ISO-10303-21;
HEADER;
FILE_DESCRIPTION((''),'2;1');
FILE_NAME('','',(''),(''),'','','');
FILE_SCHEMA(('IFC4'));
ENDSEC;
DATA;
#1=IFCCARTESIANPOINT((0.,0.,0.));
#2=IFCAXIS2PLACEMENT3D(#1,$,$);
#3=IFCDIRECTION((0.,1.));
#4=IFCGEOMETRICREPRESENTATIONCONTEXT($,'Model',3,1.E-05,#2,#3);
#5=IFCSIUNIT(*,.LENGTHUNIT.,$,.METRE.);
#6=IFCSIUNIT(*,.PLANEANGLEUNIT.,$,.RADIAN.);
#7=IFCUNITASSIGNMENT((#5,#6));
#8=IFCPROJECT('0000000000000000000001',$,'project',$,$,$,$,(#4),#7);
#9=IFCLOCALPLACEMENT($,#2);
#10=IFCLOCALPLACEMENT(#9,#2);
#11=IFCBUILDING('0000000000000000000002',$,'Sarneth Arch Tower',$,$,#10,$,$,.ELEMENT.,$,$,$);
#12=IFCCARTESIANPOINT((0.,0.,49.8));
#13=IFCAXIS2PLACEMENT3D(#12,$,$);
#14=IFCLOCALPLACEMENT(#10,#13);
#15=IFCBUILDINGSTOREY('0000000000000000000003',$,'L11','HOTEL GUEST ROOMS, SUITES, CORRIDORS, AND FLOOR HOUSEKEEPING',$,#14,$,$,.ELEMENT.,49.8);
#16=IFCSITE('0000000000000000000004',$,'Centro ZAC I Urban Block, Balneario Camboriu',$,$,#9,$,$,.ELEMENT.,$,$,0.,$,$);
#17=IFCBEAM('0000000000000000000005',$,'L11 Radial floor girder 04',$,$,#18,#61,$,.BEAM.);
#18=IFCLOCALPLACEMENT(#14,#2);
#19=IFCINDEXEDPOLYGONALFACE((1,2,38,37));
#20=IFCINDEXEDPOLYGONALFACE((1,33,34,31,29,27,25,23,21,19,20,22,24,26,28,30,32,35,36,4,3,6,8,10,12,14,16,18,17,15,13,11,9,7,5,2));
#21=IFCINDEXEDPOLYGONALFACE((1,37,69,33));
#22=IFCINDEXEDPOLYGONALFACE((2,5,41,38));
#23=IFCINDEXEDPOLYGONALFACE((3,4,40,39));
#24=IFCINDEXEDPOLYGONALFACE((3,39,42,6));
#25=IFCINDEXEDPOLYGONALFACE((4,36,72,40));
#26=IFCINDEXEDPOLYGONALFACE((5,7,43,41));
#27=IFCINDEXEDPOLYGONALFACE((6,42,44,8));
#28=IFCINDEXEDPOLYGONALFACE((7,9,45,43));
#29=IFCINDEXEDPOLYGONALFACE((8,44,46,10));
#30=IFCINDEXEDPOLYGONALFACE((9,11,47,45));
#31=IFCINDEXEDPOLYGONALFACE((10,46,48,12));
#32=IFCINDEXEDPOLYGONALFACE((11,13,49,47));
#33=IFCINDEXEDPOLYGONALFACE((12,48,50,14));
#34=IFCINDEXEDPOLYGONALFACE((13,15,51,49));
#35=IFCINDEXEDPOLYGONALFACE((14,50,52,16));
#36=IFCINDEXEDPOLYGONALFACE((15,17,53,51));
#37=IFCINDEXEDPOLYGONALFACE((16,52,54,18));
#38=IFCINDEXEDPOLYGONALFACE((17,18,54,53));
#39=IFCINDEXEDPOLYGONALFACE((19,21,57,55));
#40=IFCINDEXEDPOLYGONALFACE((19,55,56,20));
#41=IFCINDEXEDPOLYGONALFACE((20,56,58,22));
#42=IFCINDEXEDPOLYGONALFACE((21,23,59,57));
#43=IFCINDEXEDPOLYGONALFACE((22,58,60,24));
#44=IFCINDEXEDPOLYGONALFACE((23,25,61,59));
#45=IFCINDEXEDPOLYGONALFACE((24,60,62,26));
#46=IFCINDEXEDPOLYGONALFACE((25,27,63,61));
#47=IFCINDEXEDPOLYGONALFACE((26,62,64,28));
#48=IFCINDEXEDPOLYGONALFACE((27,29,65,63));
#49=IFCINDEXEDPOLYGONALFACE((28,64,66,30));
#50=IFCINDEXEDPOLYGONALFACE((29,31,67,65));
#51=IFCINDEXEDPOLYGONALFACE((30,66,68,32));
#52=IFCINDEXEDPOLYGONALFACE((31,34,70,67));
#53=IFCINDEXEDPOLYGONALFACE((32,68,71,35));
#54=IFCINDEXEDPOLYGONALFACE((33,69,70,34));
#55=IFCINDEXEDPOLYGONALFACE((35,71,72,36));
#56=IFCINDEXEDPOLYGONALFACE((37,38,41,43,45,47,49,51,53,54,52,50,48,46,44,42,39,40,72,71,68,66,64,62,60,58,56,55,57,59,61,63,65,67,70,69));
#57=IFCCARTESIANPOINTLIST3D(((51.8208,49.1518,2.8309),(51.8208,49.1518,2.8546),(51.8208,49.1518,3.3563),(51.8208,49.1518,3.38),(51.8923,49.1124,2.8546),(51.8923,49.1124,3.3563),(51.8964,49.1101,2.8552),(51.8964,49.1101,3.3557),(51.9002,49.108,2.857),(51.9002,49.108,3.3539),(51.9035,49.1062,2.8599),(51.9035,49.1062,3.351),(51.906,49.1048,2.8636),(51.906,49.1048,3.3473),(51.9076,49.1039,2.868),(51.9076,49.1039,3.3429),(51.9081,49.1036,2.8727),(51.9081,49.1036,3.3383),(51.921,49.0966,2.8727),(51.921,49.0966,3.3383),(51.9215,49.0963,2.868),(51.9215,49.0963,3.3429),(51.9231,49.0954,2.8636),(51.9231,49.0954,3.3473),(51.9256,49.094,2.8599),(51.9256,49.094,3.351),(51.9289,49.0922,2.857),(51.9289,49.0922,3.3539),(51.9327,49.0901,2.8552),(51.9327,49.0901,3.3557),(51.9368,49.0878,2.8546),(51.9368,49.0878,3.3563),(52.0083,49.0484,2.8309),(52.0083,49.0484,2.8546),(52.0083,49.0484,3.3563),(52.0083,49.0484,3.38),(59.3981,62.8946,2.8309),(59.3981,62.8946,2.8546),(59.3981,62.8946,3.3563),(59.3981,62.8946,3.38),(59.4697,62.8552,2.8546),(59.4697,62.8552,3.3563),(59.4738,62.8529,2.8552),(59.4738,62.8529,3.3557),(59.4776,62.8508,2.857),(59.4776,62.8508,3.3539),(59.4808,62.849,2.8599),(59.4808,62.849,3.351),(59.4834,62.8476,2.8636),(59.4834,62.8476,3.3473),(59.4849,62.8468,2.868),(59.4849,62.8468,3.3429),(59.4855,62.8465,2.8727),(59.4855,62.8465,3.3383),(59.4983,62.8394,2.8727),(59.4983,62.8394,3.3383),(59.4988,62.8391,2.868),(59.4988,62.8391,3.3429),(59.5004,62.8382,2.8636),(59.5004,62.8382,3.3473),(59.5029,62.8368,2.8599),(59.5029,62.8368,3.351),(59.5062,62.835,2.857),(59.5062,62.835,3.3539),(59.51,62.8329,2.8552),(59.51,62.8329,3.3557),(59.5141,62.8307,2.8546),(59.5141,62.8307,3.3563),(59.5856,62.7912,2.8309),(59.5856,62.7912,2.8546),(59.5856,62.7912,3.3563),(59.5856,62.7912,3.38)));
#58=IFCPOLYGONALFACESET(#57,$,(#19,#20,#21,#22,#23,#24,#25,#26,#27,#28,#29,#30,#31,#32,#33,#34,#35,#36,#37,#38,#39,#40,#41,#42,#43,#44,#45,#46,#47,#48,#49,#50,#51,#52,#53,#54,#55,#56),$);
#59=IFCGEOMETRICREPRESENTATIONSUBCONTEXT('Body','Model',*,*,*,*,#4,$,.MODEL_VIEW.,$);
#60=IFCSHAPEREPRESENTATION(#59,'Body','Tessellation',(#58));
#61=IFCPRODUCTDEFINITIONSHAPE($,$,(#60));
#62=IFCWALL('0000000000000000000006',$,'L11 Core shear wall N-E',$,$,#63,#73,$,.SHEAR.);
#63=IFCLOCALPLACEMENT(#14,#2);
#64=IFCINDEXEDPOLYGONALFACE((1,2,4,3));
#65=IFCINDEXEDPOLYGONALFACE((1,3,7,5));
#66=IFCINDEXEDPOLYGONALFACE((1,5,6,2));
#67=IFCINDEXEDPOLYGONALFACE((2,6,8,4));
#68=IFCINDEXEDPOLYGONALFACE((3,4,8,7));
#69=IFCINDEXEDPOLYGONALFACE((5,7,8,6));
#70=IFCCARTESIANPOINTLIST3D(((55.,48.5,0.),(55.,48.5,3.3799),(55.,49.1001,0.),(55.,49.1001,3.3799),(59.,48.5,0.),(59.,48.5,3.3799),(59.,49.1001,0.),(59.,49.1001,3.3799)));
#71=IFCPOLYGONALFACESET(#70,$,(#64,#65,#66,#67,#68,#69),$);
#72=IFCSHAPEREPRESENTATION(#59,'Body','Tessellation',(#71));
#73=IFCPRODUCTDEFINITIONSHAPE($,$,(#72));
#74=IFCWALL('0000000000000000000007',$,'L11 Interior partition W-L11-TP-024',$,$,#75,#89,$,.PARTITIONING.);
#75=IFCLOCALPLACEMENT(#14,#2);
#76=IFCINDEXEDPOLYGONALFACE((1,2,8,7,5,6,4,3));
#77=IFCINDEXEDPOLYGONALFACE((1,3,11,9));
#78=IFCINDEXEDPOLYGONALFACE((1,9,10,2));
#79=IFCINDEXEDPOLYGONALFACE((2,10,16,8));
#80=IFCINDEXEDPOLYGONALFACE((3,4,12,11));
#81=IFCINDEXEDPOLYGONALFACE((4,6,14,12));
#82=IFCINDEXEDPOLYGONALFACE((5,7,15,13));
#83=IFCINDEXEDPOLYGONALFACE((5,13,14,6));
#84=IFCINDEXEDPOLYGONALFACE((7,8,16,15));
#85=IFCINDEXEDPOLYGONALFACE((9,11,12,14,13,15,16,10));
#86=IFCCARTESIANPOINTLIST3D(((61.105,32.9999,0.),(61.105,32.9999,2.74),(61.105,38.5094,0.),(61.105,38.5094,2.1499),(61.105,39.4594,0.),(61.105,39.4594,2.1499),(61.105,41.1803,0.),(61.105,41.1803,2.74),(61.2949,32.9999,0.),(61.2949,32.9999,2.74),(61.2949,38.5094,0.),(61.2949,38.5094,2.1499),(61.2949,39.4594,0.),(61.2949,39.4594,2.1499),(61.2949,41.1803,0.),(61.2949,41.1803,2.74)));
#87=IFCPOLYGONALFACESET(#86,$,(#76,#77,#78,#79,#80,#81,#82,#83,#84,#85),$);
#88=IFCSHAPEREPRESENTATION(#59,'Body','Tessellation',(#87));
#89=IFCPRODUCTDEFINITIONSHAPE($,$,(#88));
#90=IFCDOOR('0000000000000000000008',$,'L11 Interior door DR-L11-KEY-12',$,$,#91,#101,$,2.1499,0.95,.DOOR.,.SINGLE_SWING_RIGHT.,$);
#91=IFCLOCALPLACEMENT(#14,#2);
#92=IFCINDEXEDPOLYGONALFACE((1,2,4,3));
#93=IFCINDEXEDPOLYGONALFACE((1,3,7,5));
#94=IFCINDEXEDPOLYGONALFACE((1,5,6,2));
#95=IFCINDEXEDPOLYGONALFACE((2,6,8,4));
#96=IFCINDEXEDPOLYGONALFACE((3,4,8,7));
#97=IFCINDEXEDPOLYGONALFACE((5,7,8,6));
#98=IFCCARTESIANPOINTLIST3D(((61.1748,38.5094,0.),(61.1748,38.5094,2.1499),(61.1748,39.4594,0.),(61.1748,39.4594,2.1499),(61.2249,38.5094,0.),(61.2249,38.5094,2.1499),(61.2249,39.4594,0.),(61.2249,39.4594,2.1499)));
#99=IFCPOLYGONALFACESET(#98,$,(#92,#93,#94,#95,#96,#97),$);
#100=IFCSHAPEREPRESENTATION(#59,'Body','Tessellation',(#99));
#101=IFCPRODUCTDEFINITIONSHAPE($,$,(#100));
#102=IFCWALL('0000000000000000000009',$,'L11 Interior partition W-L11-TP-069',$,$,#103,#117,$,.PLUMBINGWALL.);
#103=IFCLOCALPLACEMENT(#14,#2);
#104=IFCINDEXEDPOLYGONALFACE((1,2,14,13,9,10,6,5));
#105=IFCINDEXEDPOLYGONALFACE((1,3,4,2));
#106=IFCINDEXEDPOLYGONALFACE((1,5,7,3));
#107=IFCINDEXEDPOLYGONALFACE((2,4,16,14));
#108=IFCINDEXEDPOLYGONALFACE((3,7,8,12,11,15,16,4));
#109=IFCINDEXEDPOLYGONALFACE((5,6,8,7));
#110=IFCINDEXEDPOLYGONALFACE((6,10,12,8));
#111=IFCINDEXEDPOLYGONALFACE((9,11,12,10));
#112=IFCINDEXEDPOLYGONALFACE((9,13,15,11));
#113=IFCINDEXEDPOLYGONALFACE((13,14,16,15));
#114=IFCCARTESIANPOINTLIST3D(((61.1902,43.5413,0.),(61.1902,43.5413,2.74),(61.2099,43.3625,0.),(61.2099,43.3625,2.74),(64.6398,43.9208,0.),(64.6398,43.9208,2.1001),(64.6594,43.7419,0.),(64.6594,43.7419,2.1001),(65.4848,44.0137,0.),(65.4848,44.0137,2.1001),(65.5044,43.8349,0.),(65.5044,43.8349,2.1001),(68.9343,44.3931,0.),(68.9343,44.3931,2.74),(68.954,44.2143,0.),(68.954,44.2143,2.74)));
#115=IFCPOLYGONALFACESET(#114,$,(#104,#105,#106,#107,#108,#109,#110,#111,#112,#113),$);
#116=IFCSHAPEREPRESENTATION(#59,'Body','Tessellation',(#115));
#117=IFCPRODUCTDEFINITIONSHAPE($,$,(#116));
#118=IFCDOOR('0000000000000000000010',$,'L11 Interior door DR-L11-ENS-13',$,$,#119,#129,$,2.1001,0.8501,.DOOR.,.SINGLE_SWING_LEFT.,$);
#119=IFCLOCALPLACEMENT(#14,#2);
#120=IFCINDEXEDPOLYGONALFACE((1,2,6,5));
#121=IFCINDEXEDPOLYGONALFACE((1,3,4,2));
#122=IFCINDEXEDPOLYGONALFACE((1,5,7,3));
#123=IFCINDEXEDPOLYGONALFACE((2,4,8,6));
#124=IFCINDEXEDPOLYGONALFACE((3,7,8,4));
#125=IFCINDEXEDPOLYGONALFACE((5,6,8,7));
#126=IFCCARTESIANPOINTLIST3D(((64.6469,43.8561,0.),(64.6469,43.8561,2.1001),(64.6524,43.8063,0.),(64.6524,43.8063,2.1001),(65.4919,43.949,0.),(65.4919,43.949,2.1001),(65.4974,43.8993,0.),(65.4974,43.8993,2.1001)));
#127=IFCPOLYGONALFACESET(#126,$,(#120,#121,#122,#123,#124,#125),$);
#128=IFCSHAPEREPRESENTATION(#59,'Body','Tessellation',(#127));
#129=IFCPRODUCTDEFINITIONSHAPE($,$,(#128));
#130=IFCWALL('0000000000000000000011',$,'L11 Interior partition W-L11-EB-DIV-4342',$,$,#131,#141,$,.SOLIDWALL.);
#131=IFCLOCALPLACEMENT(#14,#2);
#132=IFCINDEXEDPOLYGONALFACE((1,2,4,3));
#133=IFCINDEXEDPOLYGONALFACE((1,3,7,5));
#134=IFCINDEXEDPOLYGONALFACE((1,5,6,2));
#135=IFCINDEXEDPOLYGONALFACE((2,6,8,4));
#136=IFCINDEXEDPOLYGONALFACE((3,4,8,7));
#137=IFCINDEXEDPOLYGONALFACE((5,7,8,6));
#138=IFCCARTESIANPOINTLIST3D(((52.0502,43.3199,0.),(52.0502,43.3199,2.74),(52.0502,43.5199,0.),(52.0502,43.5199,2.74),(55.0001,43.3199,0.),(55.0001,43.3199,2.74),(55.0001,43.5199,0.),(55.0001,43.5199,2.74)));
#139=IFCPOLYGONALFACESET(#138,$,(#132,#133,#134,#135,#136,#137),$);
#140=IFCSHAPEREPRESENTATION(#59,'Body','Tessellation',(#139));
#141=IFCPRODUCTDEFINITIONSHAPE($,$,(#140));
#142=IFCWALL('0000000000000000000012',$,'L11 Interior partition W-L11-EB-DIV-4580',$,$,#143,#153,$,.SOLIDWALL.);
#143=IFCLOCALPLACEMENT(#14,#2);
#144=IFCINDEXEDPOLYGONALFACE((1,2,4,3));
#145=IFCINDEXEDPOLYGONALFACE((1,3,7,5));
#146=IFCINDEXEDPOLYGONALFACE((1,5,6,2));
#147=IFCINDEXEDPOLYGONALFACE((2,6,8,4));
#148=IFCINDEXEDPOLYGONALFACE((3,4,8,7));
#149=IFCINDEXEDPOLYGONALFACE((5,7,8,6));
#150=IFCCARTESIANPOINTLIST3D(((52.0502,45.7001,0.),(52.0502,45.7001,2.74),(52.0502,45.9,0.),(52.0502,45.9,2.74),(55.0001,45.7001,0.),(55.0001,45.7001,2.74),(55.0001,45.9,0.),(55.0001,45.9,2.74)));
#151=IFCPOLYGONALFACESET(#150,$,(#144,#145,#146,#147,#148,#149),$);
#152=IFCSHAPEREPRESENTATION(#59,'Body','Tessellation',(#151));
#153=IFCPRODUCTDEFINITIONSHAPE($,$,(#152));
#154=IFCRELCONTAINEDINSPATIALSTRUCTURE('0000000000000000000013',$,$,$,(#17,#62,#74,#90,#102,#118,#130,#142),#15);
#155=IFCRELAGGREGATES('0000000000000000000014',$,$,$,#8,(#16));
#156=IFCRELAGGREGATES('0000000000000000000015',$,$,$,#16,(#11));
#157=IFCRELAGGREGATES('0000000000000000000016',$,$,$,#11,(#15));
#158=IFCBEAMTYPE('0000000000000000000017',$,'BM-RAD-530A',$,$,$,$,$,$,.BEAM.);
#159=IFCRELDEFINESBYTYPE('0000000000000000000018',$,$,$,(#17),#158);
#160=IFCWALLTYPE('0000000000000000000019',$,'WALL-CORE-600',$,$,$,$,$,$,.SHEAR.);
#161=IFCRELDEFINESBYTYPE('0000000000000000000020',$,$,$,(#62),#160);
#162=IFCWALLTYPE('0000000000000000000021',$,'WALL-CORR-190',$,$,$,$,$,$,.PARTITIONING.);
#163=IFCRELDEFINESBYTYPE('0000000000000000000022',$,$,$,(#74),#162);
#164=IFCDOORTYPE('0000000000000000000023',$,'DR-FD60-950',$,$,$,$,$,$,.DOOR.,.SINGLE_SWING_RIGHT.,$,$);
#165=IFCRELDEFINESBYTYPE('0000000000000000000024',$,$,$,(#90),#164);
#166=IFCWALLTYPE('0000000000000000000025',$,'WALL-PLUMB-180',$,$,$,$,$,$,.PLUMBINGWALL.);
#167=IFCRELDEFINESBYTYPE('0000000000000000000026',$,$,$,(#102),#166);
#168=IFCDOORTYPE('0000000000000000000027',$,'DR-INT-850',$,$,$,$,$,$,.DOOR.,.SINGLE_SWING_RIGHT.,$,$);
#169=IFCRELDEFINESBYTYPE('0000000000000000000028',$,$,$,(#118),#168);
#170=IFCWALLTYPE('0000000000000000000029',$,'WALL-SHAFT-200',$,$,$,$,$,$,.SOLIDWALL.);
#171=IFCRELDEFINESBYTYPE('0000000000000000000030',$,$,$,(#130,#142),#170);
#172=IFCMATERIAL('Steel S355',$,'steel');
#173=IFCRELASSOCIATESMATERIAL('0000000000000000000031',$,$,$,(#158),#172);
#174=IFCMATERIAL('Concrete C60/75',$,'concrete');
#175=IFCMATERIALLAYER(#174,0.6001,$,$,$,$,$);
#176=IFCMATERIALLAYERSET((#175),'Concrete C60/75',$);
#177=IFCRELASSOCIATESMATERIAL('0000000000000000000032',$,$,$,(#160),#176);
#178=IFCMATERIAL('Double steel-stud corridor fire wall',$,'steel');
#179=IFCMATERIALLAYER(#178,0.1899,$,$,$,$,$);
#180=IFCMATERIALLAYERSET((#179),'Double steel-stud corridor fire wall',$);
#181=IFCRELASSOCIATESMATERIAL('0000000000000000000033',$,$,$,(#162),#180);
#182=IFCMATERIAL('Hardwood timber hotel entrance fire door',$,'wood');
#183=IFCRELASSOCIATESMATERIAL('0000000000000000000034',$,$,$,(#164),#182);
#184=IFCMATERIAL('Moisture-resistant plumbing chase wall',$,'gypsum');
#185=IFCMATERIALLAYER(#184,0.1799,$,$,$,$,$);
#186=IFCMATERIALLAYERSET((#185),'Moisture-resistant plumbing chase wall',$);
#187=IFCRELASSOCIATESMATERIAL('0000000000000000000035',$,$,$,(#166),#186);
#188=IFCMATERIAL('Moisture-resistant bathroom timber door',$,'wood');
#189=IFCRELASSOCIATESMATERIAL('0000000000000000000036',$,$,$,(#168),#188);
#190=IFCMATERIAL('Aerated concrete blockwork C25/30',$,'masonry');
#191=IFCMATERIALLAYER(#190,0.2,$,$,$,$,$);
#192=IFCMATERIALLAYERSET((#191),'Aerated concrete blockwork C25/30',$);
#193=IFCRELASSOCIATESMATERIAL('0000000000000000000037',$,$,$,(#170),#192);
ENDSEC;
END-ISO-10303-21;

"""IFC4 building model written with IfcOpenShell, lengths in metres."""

from ifc_helpers import new_model, si_unit, direction, frame, frame_2d, origin, origin_2d, place, context, subcontext, project, spatial, rectangle, i_section, extrude, material, layer, layer_set, material_profile, profile_set, type_object, element, fill, save


model = new_model("IFC4")

# Units and contexts
model_context = context("Model", 3, precision=1e-05, world=origin(), true_north=direction((0.0, 1.0)))
body_context = subcontext(model_context, "Body", "Model", "MODEL_VIEW")
ifc_project = project(units=[si_unit("LENGTHUNIT", "METRE"), si_unit("PLANEANGLEUNIT", "RADIAN")], contexts=[model_context])

# Site, building, storey
site_placement = place(None, origin())
site = spatial("IfcSite", under=ifc_project, at=site_placement, Name="Centro ZAC I Urban Block, Balneario Camboriu", CompositionType="ELEMENT", RefElevation=0.0)
building_placement = place(site_placement, origin())
building = spatial("IfcBuilding", under=site, at=building_placement, Name="Sarneth Arch Tower", CompositionType="ELEMENT")
storey_placement = place(building_placement, frame((0.0, 0.0, 49.8)))
storey = spatial("IfcBuildingStorey", under=building, at=storey_placement, Name="L11", Description="HOTEL GUEST ROOMS, SUITES, CORRIDORS, AND FLOOR HOUSEKEEPING", CompositionType="ELEMENT", Elevation=49.8)

# Beam
ifc_material_1 = material(Name="Steel S355", Category="steel")
ifc_material_profile_1 = material_profile(ifc_material_1, i_section(OverallWidth=0.2141, OverallDepth=0.5491, WebThickness=0.0146, FlangeThickness=0.0237, FilletRadius=0.0181, at=origin_2d()), Name="W530x138")
ifc_profile_set_1 = profile_set([ifc_material_profile_1], Name="Steel S355")
beam_type_1 = type_object("IfcBeamType", Name="BM-RAD-530A", PredefinedType="BEAM", material=ifc_profile_set_1)
beam_1_placement = place(storey_placement, frame((51.9146, 49.1001, 3.1055), z_axis=(0.482838, 0.87571, 0.0), x_axis=(-0.87571, 0.482838, 0.0)))
element("IfcBeam", 1, at=beam_1_placement, inside=storey, type_object=beam_type_1, Name="L11 Radial floor girder 04", PredefinedType="BEAM", context=body_context, shape_type="SweptSolid", body=[
    extrude(i_section(OverallWidth=0.2141, OverallDepth=0.5491, WebThickness=0.0146, FlangeThickness=0.0237, FilletRadius=0.0181, at=origin_2d()), origin(), (0.0, 0.0, 1.0), 15.6934),
])

# Wall
ifc_material_2 = material(Name="Concrete C60/75", Category="concrete")
ifc_layer_1 = layer(ifc_material_2, 0.6001)
ifc_layer_set_1 = layer_set([ifc_layer_1], Name="Concrete C60/75")
wall_type_1 = type_object("IfcWallType", Name="WALL-CORE-600", PredefinedType="SHEAR", material=ifc_layer_set_1)
wall_1_placement = place(storey_placement, frame((55.0, 48.8, 0.0), z_axis=(0.0, 0.0, 1.0), x_axis=(1.0, 0.0, 0.0)))
element("IfcWall", 2, at=wall_1_placement, inside=storey, type_object=wall_type_1, Name="L11 Core shear wall N-E", PredefinedType="SHEAR", context=body_context, shape_type="SweptSolid", body=[
    extrude(rectangle(XDim=4.0, YDim=0.6001, at=frame_2d((2.0, 0.0))), origin(), (0.0, 0.0, 1.0), 3.3799),
])

# Walls, openings, doors
ifc_material_3 = material(Name="Double steel-stud corridor fire wall", Category="steel")
ifc_layer_2 = layer(ifc_material_3, 0.1899)
ifc_layer_set_2 = layer_set([ifc_layer_2], Name="Double steel-stud corridor fire wall")
wall_type_2 = type_object("IfcWallType", Name="WALL-CORR-190", PredefinedType="PARTITIONING", material=ifc_layer_set_2)
wall_2_placement = place(storey_placement, frame((61.2, 41.1804, 0.0), z_axis=(0.0, 0.0, 1.0), x_axis=(0.0, -1.0, 0.0)))
wall_2 = element("IfcWall", 3, at=wall_2_placement, inside=storey, type_object=wall_type_2, Name="L11 Interior partition W-L11-TP-024", PredefinedType="PARTITIONING", context=body_context, shape_type="SweptSolid", body=[
    extrude(rectangle(XDim=8.1804, YDim=0.1899, at=frame_2d((4.0903, 0.0))), origin(), (0.0, 0.0, 1.0), 2.74),
])
opening_1_placement = place(wall_2_placement, frame((1.7209, 0.0, 0.0)))
opening_1 = element("IfcOpeningElement", 4, at=opening_1_placement, cuts=wall_2, PredefinedType="OPENING", context=body_context, shape_type="SweptSolid", body=[
    extrude(rectangle(XDim=0.95, YDim=2.1499, at=frame_2d((0.4751, 1.075))), frame((0.0, 0.105, 0.0), z_axis=(0.0, -1.0, 0.0), x_axis=(1.0, 0.0, 0.0)), (0.0, 0.0, 1.0), 0.21),
])
ifc_material_4 = material(Name="Hardwood timber hotel entrance fire door", Category="wood")
door_type_1 = type_object("IfcDoorType", Name="DR-FD60-950", OperationType="SINGLE_SWING_RIGHT", PredefinedType="DOOR", material=ifc_material_4)
door_1_placement = place(opening_1_placement, origin())
door_1 = element("IfcDoor", 5, at=door_1_placement, inside=storey, type_object=door_type_1, Name="L11 Interior door DR-L11-KEY-12", OperationType="SINGLE_SWING_RIGHT", OverallHeight=2.1499, OverallWidth=0.95, PredefinedType="DOOR", context=body_context, shape_type="SweptSolid", body=[
    extrude(rectangle(XDim=0.95, YDim=2.1499, at=frame_2d((0.4751, 1.075))), frame((0.0, 0.0249, 0.0), z_axis=(0.0, -1.0, 0.0), x_axis=(1.0, 0.0, 0.0)), (0.0, 0.0, 1.0), 0.05),
])
fill(opening_1, door_1)
ifc_material_5 = material(Name="Moisture-resistant plumbing chase wall", Category="gypsum")
ifc_layer_3 = layer(ifc_material_5, 0.1799)
ifc_layer_set_3 = layer_set([ifc_layer_3], Name="Moisture-resistant plumbing chase wall")
wall_type_3 = type_object("IfcWallType", Name="WALL-PLUMB-180", PredefinedType="PLUMBINGWALL", material=ifc_layer_set_3)
wall_3_placement = place(storey_placement, frame((61.2, 43.4519, 0.0), z_axis=(0.0, 0.0, 1.0), x_axis=(0.994005, 0.109334, 0.0)))
wall_3 = element("IfcWall", 6, at=wall_3_placement, inside=storey, type_object=wall_type_3, Name="L11 Interior partition W-L11-TP-069", PredefinedType="PLUMBINGWALL", context=body_context, shape_type="SweptSolid", body=[
    extrude(rectangle(XDim=7.7908, YDim=0.1799, at=frame_2d((3.8955, 0.0))), origin(), (0.0, 0.0, 1.0), 2.74),
])
opening_2_placement = place(wall_3_placement, frame((3.4705, 0.0, 0.0)))
opening_2 = element("IfcOpeningElement", 7, at=opening_2_placement, cuts=wall_3, PredefinedType="OPENING", context=body_context, shape_type="SweptSolid", body=[
    extrude(rectangle(XDim=0.8501, YDim=2.1001, at=frame_2d((0.425, 1.05))), frame((0.0, 0.0999, 0.0), z_axis=(0.0, -1.0, 0.0), x_axis=(1.0, 0.0, 0.0)), (0.0, 0.0, 1.0), 0.2),
])
ifc_material_6 = material(Name="Moisture-resistant bathroom timber door", Category="wood")
door_type_2 = type_object("IfcDoorType", Name="DR-INT-850", OperationType="SINGLE_SWING_RIGHT", PredefinedType="DOOR", material=ifc_material_6)
door_2_placement = place(opening_2_placement, origin())
door_2 = element("IfcDoor", 8, at=door_2_placement, inside=storey, type_object=door_type_2, Name="L11 Interior door DR-L11-ENS-13", OperationType="SINGLE_SWING_LEFT", OverallHeight=2.1001, OverallWidth=0.8501, PredefinedType="DOOR", context=body_context, shape_type="SweptSolid", body=[
    extrude(rectangle(XDim=0.8501, YDim=2.1001, at=frame_2d((0.425, 1.05))), frame((0.0, 0.0249, 0.0), z_axis=(0.0, -1.0, 0.0), x_axis=(1.0, 0.0, 0.0)), (0.0, 0.0, 1.0), 0.05),
])
fill(opening_2, door_2)

# Walls
ifc_material_7 = material(Name="Aerated concrete blockwork C25/30", Category="masonry")
ifc_layer_4 = layer(ifc_material_7, 0.2)
ifc_layer_set_4 = layer_set([ifc_layer_4], Name="Aerated concrete blockwork C25/30")
wall_type_4 = type_object("IfcWallType", Name="WALL-SHAFT-200", PredefinedType="SOLIDWALL", material=ifc_layer_set_4)
for number, where, z_axis, x_axis, name in (
    (9, (52.05, 43.4199, 0.0), (0.0, 0.0, 1.0), (1.0, 0.0, 0.0), "L11 Interior partition W-L11-EB-DIV-4342"),
    (10, (52.05, 45.8, 0.0), (0.0, 0.0, 1.0), (1.0, 0.0, 0.0), "L11 Interior partition W-L11-EB-DIV-4580"),
):
    element("IfcWall", number, at=place(storey_placement, frame(where, z_axis=z_axis, x_axis=x_axis)), inside=storey, type_object=wall_type_4, Name=name, PredefinedType="SOLIDWALL", context=body_context, shape_type="SweptSolid", body=[
        extrude(rectangle(XDim=2.95, YDim=0.2, at=frame_2d((1.4751, 0.0))), origin(), (0.0, 0.0, 1.0), 2.74),
    ])

save(model, "model.ifc")
